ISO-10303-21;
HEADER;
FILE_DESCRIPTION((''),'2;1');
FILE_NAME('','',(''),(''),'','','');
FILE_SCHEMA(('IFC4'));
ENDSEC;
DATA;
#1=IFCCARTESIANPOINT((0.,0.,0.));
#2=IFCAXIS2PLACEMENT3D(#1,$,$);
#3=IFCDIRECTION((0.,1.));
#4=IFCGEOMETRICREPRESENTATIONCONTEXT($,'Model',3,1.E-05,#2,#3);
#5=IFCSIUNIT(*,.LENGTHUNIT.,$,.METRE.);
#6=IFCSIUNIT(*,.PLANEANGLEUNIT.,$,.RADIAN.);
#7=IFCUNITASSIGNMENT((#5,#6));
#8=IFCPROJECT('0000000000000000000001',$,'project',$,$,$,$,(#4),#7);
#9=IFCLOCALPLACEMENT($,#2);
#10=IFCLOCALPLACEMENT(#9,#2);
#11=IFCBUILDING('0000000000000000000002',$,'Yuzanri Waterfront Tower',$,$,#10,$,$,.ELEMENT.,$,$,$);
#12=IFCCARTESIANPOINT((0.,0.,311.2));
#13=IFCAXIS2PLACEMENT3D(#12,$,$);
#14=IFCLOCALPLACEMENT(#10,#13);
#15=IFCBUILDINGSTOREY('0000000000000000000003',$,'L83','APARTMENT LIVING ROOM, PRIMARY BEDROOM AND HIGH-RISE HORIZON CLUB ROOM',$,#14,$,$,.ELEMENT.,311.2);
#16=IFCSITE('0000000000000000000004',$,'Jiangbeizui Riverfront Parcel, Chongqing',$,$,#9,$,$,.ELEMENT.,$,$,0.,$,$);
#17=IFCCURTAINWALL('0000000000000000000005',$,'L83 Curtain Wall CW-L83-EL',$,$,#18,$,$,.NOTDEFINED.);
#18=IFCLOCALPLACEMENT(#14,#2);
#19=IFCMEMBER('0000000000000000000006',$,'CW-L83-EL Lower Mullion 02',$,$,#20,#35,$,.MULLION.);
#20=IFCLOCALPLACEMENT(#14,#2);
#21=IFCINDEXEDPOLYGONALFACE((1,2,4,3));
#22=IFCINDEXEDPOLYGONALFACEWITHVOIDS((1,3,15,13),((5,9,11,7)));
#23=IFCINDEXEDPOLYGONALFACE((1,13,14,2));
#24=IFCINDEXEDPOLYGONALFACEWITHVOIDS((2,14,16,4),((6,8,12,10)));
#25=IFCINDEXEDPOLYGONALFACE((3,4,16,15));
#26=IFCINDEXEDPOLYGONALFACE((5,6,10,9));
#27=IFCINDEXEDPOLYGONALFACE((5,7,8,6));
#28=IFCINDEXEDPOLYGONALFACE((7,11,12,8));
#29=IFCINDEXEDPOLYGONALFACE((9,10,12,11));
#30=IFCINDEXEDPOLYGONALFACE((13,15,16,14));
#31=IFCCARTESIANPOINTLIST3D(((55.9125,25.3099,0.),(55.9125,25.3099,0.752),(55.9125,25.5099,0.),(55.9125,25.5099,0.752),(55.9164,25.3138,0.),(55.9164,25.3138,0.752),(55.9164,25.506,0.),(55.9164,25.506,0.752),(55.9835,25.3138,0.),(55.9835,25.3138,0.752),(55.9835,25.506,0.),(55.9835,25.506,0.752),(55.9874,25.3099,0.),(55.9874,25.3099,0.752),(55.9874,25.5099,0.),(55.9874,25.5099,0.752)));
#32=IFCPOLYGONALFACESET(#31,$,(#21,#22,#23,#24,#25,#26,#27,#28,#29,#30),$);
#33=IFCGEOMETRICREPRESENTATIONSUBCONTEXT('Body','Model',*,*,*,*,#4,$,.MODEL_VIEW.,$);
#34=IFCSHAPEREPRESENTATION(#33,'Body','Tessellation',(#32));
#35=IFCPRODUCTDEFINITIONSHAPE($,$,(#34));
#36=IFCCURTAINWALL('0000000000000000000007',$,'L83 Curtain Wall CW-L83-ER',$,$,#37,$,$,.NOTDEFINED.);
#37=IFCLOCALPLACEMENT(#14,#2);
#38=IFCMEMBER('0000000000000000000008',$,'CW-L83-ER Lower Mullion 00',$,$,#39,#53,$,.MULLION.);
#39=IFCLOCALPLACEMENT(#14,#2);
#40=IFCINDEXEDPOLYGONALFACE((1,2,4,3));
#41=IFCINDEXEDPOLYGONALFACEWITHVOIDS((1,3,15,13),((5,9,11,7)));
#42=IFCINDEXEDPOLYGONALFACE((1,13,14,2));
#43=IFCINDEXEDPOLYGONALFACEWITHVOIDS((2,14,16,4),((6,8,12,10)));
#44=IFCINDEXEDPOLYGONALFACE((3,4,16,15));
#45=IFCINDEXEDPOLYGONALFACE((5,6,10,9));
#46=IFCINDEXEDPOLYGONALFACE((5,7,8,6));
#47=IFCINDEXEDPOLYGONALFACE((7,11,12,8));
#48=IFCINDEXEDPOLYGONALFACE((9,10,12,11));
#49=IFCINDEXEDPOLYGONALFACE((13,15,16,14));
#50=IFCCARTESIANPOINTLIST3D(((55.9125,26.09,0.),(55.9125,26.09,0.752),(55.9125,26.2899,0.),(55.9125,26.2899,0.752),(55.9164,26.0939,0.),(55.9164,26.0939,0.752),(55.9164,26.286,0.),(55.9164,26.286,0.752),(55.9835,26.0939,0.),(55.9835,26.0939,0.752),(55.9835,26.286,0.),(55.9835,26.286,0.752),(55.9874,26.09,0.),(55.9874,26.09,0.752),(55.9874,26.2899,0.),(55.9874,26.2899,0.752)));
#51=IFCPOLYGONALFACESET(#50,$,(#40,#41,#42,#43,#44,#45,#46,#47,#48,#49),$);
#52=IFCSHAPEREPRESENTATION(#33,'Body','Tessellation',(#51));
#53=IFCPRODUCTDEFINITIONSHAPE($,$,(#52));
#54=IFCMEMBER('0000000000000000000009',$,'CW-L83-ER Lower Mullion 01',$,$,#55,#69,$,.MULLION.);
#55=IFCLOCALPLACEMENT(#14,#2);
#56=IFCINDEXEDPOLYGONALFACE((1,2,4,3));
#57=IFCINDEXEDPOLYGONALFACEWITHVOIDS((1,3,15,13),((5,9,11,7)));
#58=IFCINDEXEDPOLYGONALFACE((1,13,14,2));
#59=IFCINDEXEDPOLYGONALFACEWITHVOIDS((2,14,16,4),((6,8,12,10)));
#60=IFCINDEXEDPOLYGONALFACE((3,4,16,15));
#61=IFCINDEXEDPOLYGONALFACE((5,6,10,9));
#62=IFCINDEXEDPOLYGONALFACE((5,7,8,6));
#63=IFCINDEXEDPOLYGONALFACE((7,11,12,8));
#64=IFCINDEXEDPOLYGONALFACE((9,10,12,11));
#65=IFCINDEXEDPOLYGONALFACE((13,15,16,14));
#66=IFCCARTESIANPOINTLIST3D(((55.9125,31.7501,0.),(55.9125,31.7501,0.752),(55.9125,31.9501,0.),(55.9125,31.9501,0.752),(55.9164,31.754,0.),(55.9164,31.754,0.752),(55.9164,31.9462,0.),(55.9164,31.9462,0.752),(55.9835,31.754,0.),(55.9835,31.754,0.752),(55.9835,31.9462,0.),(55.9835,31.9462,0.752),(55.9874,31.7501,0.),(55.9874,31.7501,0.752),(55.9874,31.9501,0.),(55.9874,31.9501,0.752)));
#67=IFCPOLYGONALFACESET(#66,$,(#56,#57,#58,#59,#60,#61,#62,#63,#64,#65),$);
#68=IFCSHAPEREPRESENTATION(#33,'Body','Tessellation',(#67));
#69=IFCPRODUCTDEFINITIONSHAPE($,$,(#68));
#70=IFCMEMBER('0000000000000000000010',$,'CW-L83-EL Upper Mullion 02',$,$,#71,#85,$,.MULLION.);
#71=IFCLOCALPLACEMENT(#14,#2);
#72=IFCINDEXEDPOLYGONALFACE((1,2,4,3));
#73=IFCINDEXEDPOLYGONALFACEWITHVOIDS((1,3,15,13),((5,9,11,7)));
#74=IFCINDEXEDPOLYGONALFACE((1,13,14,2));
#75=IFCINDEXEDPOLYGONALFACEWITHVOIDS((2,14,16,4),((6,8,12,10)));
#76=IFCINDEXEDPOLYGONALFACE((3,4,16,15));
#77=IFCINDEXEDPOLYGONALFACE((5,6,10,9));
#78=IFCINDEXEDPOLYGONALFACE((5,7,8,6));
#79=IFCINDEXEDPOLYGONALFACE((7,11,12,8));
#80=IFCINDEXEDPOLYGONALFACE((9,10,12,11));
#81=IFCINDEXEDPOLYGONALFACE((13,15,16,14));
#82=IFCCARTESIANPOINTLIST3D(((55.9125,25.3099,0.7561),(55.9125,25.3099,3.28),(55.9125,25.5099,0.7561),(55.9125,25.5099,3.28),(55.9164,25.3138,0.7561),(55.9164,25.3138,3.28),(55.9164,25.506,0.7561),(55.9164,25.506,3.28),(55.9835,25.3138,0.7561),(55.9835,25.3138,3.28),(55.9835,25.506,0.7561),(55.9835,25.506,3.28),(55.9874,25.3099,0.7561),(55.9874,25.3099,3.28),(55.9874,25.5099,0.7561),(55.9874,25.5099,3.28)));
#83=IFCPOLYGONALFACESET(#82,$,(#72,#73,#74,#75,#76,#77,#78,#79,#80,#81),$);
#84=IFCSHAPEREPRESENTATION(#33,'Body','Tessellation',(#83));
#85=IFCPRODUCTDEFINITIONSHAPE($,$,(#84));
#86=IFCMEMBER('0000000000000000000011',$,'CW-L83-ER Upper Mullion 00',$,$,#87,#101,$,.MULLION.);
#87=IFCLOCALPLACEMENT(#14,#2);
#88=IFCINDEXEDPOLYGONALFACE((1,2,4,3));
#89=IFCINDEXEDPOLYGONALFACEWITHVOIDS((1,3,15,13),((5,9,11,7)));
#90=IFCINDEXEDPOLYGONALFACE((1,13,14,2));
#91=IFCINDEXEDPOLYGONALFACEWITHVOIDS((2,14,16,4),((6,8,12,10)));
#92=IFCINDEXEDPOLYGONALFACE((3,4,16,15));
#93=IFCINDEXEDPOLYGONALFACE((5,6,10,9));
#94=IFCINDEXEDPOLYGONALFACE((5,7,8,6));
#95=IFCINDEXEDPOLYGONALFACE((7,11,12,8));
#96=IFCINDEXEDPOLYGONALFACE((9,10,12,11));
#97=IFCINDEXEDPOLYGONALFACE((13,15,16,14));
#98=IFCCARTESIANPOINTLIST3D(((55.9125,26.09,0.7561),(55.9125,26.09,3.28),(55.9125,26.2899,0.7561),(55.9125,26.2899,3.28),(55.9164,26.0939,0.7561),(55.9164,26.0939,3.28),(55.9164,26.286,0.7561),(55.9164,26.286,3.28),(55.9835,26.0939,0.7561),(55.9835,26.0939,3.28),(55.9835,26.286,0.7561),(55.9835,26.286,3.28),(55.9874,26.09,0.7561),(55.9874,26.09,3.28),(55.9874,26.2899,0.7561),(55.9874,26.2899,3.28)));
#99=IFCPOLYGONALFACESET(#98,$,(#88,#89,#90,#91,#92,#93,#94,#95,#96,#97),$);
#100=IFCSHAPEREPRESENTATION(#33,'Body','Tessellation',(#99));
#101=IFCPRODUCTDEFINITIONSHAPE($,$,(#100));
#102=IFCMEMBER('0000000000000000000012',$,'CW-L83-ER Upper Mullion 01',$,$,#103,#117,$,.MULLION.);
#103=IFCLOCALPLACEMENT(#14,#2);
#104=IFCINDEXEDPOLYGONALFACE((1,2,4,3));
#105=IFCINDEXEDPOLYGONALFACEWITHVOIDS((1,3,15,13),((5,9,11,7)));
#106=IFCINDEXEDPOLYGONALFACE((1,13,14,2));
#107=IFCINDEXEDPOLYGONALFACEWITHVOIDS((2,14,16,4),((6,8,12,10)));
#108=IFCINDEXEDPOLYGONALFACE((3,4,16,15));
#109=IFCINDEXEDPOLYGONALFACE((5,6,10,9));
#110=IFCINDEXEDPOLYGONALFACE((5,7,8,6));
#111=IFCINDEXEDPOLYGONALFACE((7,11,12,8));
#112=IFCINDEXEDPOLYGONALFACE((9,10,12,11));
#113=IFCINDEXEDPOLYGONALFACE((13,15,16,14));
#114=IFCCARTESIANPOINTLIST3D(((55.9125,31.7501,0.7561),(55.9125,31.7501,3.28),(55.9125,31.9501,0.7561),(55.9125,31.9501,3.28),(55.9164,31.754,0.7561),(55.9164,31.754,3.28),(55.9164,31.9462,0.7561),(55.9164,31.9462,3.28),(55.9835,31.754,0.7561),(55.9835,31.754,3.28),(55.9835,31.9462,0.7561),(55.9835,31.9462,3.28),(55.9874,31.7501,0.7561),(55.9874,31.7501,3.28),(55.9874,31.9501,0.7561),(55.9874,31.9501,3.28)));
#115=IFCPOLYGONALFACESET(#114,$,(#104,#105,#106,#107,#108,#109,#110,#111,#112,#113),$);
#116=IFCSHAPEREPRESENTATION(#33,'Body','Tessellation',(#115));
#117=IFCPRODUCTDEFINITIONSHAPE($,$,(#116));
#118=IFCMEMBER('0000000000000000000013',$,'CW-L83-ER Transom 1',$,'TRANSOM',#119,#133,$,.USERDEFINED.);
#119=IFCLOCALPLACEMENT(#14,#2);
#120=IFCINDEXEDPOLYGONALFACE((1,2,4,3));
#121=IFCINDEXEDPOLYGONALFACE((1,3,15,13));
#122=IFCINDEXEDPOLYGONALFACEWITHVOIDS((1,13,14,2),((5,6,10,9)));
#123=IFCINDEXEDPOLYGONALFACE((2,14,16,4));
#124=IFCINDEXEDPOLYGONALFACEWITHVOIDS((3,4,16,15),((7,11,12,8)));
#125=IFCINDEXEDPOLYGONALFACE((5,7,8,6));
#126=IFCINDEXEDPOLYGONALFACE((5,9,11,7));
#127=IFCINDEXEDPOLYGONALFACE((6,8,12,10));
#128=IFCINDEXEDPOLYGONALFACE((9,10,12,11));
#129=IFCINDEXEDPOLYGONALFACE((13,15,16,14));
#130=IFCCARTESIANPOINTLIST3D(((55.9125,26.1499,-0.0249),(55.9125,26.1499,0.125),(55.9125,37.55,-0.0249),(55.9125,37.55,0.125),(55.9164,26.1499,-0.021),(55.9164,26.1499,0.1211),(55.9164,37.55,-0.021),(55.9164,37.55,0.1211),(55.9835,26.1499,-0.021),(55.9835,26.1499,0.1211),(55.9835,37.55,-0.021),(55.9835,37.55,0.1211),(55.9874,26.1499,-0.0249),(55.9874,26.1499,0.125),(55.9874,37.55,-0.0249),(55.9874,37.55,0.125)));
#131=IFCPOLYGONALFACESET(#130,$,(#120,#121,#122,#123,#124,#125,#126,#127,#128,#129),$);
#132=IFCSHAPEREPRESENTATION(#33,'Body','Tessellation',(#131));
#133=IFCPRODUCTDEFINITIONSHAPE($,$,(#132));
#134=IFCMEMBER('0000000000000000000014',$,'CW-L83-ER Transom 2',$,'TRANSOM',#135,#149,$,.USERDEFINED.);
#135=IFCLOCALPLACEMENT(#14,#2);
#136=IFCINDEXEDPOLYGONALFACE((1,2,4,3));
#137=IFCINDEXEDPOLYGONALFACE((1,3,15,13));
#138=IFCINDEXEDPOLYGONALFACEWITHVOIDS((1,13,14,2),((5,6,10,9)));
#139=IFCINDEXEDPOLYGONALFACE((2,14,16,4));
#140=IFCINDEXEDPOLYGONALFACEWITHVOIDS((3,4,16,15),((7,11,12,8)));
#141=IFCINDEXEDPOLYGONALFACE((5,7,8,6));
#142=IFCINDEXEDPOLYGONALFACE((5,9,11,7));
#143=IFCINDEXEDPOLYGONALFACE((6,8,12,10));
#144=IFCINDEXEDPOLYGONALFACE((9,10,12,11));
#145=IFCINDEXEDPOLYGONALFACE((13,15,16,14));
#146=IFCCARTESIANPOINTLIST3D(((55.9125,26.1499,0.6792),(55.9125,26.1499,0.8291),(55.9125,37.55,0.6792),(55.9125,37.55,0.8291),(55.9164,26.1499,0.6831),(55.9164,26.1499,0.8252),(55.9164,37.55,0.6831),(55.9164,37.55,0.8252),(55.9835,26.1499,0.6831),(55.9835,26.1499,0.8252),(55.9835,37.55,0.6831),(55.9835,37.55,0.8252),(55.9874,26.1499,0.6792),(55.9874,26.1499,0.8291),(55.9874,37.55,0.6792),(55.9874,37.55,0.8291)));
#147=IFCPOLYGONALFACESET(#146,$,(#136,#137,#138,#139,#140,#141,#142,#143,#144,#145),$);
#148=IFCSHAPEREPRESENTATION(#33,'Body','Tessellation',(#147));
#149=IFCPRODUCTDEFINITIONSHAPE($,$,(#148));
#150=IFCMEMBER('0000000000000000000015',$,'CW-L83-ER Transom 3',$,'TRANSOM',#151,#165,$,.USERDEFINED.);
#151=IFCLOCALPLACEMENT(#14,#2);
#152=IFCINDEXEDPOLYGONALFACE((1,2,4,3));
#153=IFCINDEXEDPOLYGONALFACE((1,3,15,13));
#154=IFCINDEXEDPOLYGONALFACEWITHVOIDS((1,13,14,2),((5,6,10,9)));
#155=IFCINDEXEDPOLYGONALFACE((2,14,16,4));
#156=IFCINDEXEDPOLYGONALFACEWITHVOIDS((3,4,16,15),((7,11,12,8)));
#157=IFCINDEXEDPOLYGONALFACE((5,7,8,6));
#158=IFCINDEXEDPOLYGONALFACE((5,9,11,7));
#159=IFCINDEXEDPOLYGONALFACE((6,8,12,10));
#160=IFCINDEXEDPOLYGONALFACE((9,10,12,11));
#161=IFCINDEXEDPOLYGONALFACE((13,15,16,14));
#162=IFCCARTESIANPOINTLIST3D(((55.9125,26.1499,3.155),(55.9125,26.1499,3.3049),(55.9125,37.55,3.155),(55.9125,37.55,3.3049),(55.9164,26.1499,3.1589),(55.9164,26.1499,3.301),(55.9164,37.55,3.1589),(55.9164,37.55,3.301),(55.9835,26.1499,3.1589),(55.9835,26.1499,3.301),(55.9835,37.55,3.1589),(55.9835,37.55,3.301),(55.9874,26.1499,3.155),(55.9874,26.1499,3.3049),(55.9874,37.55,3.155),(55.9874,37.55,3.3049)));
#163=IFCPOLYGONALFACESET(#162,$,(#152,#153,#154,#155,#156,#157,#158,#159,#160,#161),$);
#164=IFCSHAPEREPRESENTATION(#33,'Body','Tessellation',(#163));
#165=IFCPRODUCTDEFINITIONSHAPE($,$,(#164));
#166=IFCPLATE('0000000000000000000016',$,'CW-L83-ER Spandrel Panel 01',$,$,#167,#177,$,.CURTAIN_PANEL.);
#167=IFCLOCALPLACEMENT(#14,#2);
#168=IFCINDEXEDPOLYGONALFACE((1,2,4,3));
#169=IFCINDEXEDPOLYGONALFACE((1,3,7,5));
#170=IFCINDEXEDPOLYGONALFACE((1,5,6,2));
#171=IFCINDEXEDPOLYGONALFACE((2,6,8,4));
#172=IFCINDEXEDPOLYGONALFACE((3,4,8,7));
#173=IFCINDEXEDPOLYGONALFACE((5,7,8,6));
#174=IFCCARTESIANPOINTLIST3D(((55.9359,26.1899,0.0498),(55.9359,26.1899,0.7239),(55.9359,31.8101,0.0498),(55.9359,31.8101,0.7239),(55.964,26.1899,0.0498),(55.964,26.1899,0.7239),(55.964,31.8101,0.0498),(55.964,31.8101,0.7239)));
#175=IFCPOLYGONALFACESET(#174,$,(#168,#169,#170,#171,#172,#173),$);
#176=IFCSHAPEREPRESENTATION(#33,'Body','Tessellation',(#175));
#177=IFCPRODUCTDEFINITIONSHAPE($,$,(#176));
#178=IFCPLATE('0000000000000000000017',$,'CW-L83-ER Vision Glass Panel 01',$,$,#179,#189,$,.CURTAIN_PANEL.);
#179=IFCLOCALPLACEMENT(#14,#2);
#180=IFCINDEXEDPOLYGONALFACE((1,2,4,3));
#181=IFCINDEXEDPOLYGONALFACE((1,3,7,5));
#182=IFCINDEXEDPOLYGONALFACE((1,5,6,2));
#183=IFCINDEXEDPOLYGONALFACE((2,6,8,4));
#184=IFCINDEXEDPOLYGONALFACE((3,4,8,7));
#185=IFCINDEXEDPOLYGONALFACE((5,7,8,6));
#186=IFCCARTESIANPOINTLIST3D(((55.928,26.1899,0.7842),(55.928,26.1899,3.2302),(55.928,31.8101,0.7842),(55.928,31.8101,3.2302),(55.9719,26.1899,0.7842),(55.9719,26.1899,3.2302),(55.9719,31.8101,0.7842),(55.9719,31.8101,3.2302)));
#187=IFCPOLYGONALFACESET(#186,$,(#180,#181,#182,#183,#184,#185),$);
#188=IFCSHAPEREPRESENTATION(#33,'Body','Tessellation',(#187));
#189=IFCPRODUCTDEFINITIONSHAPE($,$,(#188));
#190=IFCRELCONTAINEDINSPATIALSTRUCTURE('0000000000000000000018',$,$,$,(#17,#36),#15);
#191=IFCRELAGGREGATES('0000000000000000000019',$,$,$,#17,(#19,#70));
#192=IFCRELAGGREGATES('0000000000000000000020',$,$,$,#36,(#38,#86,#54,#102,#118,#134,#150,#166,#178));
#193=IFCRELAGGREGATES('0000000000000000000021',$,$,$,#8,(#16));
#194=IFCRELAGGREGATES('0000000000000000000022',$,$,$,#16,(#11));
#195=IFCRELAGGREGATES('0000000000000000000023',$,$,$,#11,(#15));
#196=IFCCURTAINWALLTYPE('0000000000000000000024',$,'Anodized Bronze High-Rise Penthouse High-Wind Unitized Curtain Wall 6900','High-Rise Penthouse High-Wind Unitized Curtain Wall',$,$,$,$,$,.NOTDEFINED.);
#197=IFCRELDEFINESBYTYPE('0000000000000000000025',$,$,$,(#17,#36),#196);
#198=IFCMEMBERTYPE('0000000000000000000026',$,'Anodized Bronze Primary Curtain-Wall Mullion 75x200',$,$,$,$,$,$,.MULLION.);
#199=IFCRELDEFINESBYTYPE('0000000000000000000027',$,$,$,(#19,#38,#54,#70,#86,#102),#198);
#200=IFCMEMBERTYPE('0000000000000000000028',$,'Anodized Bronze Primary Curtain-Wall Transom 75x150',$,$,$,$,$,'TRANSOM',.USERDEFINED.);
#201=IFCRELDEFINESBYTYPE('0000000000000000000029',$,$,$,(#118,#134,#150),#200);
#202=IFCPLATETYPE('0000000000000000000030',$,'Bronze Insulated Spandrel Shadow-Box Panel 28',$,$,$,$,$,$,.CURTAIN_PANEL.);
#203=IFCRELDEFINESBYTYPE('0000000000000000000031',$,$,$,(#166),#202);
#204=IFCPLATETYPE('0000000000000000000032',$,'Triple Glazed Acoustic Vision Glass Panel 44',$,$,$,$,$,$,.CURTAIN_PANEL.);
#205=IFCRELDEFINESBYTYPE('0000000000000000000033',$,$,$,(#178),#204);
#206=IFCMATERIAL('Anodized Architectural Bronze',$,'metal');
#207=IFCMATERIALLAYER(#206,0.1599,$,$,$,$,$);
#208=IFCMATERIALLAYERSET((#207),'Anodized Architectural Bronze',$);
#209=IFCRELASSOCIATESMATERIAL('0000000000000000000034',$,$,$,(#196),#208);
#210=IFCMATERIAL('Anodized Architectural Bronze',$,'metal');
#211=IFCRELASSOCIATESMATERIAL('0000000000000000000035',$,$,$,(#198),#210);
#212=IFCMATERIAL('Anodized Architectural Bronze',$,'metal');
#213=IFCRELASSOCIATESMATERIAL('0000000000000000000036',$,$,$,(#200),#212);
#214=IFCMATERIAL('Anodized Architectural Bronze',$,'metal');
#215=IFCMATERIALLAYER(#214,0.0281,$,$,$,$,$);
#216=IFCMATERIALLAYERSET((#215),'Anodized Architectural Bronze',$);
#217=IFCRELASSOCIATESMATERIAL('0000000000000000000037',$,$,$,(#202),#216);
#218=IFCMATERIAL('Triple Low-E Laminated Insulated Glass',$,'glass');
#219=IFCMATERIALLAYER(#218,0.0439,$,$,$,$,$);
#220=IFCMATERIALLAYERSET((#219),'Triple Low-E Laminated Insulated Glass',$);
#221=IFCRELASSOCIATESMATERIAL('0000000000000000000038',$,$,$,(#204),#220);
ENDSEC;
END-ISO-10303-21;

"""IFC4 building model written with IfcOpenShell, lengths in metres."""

from ifc_helpers import new_model, si_unit, direction, frame, origin, origin_2d, place, context, subcontext, project, spatial, rectangle, hollow_rectangle, extrude, source, transform, mapped, material, layer, layer_set, material_profile, profile_set, type_object, element, aggregate, save


model = new_model("IFC4")

# Units and contexts
model_context = context("Model", 3, precision=1e-05, world=origin(), true_north=direction((0.0, 1.0)))
body_context = subcontext(model_context, "Body", "Model", "MODEL_VIEW")
ifc_project = project(units=[si_unit("LENGTHUNIT", "METRE"), si_unit("PLANEANGLEUNIT", "RADIAN")], contexts=[model_context])

# Site, building, storey
site_placement = place(None, origin())
site = spatial("IfcSite", under=ifc_project, at=site_placement, Name="Jiangbeizui Riverfront Parcel, Chongqing", CompositionType="ELEMENT", RefElevation=0.0)
building_placement = place(site_placement, origin())
building = spatial("IfcBuilding", under=site, at=building_placement, Name="Yuzanri Waterfront Tower", CompositionType="ELEMENT")
storey_placement = place(building_placement, frame((0.0, 0.0, 311.2)))
storey = spatial("IfcBuildingStorey", under=building, at=storey_placement, Name="L83", Description="APARTMENT LIVING ROOM, PRIMARY BEDROOM AND HIGH-RISE HORIZON CLUB ROOM", CompositionType="ELEMENT", Elevation=311.2)

# Curtain wall, member
ifc_material_1 = material(Name="Anodized Architectural Bronze", Category="metal")
ifc_layer_1 = layer(ifc_material_1, 0.1599)
ifc_layer_set_1 = layer_set([ifc_layer_1], Name="Anodized Architectural Bronze")
curtain_wall_type = type_object("IfcCurtainWallType", Name="Anodized Bronze High-Rise Penthouse High-Wind Unitized Curtain Wall 6900", Description="High-Rise Penthouse High-Wind Unitized Curtain Wall", PredefinedType="NOTDEFINED", material=ifc_layer_set_1)
curtain_wall_1_placement = place(storey_placement, origin())
curtain_wall_1 = element("IfcCurtainWall", 1, at=curtain_wall_1_placement, inside=storey, type_object=curtain_wall_type, Name="L83 Curtain Wall CW-L83-EL", PredefinedType="NOTDEFINED")
ifc_material_2 = material(Name="Anodized Architectural Bronze", Category="metal")
ifc_material_profile_1 = material_profile(ifc_material_2, hollow_rectangle(XDim=0.075, YDim=0.2, WallThickness=0.0039, at=origin_2d()), Name="CWM 75x200")
ifc_profile_set_1 = profile_set([ifc_material_profile_1], Name="Anodized Architectural Bronze")
member_type_1 = type_object("IfcMemberType", Name="Anodized Bronze Primary Curtain-Wall Mullion 75x200", PredefinedType="MULLION", material=ifc_profile_set_1)
shared_shape_1 = source(origin(), body_context, "Body", "SweptSolid", [
    extrude(hollow_rectangle(XDim=0.075, YDim=0.2, WallThickness=0.0039, at=origin_2d()), origin(), (0.0, 0.0, 1.0), 0.752),
])
member_1_placement = place(storey_placement, frame((55.95, 25.4099, 0.0), z_axis=(0.0, 0.0, 1.0), x_axis=(1.0, 0.0, 0.0)))
member_1 = element("IfcMember", 2, at=member_1_placement, type_object=member_type_1, Name="CW-L83-EL Lower Mullion 02", PredefinedType="MULLION", context=body_context, shape_type="MappedRepresentation", body=[
    mapped(shared_shape_1, transform((0.0, 0.0, 0.0), scale=1.0)),
])

# Curtain wall, members
curtain_wall_2_placement = place(storey_placement, origin())
curtain_wall_2 = element("IfcCurtainWall", 3, at=curtain_wall_2_placement, inside=storey, type_object=curtain_wall_type, Name="L83 Curtain Wall CW-L83-ER", PredefinedType="NOTDEFINED")
member_2_placement = place(storey_placement, frame((55.95, 26.1899, 0.0), z_axis=(0.0, 0.0, 1.0), x_axis=(1.0, 0.0, 0.0)))
member_2 = element("IfcMember", 4, at=member_2_placement, type_object=member_type_1, Name="CW-L83-ER Lower Mullion 00", PredefinedType="MULLION", context=body_context, shape_type="MappedRepresentation", body=[
    mapped(shared_shape_1, transform((0.0, 0.0, 0.0), scale=1.0)),
])
member_3_placement = place(storey_placement, frame((55.95, 31.8501, 0.0), z_axis=(0.0, 0.0, 1.0), x_axis=(1.0, 0.0, 0.0)))
member_3 = element("IfcMember", 5, at=member_3_placement, type_object=member_type_1, Name="CW-L83-ER Lower Mullion 01", PredefinedType="MULLION", context=body_context, shape_type="MappedRepresentation", body=[
    mapped(shared_shape_1, transform((0.0, 0.0, 0.0), scale=1.0)),
])

# Members
shared_shape_2 = source(origin(), body_context, "Body", "SweptSolid", [
    extrude(hollow_rectangle(XDim=0.075, YDim=0.2, WallThickness=0.0039, at=origin_2d()), origin(), (0.0, 0.0, 1.0), 2.5239),
])
member_4_placement = place(storey_placement, frame((55.95, 25.4099, 0.7561), z_axis=(0.0, 0.0, 1.0), x_axis=(1.0, 0.0, 0.0)))
member_4 = element("IfcMember", 6, at=member_4_placement, type_object=member_type_1, Name="CW-L83-EL Upper Mullion 02", PredefinedType="MULLION", context=body_context, shape_type="MappedRepresentation", body=[
    mapped(shared_shape_2, transform((0.0, 0.0, 0.0), scale=1.0)),
])
aggregate(curtain_wall_1, [member_1, member_4])
member_5_placement = place(storey_placement, frame((55.95, 26.1899, 0.7561), z_axis=(0.0, 0.0, 1.0), x_axis=(1.0, 0.0, 0.0)))
member_5 = element("IfcMember", 7, at=member_5_placement, type_object=member_type_1, Name="CW-L83-ER Upper Mullion 00", PredefinedType="MULLION", context=body_context, shape_type="MappedRepresentation", body=[
    mapped(shared_shape_2, transform((0.0, 0.0, 0.0), scale=1.0)),
])
member_6_placement = place(storey_placement, frame((55.95, 31.8501, 0.7561), z_axis=(0.0, 0.0, 1.0), x_axis=(1.0, 0.0, 0.0)))
member_6 = element("IfcMember", 8, at=member_6_placement, type_object=member_type_1, Name="CW-L83-ER Upper Mullion 01", PredefinedType="MULLION", context=body_context, shape_type="MappedRepresentation", body=[
    mapped(shared_shape_2, transform((0.0, 0.0, 0.0), scale=1.0)),
])
ifc_material_3 = material(Name="Anodized Architectural Bronze", Category="metal")
ifc_material_profile_2 = material_profile(ifc_material_3, hollow_rectangle(XDim=0.075, YDim=0.1499, WallThickness=0.0039, at=origin_2d()), Name="CWT 75x150")
ifc_profile_set_2 = profile_set([ifc_material_profile_2], Name="Anodized Architectural Bronze")
member_type_2 = type_object("IfcMemberType", Name="Anodized Bronze Primary Curtain-Wall Transom 75x150", ElementType="TRANSOM", PredefinedType="USERDEFINED", material=ifc_profile_set_2)
shared_shape_3 = source(origin(), body_context, "Body", "SweptSolid", [
    extrude(hollow_rectangle(XDim=0.075, YDim=0.1499, WallThickness=0.0039, at=origin_2d()), origin(), (0.0, 0.0, 1.0), 11.4001),
])
member_7_placement = place(storey_placement, frame((55.95, 26.1499, 0.05), z_axis=(0.0, 1.0, 0.0), x_axis=(-1.0, 0.0, 0.0)))
member_7 = element("IfcMember", 9, at=member_7_placement, type_object=member_type_2, Name="CW-L83-ER Transom 1", ObjectType="TRANSOM", PredefinedType="USERDEFINED", context=body_context, shape_type="MappedRepresentation", body=[
    mapped(shared_shape_3, transform((0.0, 0.0, 0.0), scale=1.0)),
])
member_8_placement = place(storey_placement, frame((55.95, 26.1499, 0.7542), z_axis=(0.0, 1.0, 0.0), x_axis=(-1.0, 0.0, 0.0)))
member_8 = element("IfcMember", 10, at=member_8_placement, type_object=member_type_2, Name="CW-L83-ER Transom 2", ObjectType="TRANSOM", PredefinedType="USERDEFINED", context=body_context, shape_type="MappedRepresentation", body=[
    mapped(shared_shape_3, transform((0.0, 0.0, 0.0), scale=1.0)),
])
member_9_placement = place(storey_placement, frame((55.95, 26.1499, 3.23), z_axis=(0.0, 1.0, 0.0), x_axis=(-1.0, 0.0, 0.0)))
member_9 = element("IfcMember", 11, at=member_9_placement, type_object=member_type_2, Name="CW-L83-ER Transom 3", ObjectType="TRANSOM", PredefinedType="USERDEFINED", context=body_context, shape_type="MappedRepresentation", body=[
    mapped(shared_shape_3, transform((0.0, 0.0, 0.0), scale=1.0)),
])

# Plates
ifc_material_4 = material(Name="Anodized Architectural Bronze", Category="metal")
ifc_layer_2 = layer(ifc_material_4, 0.0281)
ifc_layer_set_2 = layer_set([ifc_layer_2], Name="Anodized Architectural Bronze")
plate_type_1 = type_object("IfcPlateType", Name="Bronze Insulated Spandrel Shadow-Box Panel 28", PredefinedType="CURTAIN_PANEL", material=ifc_layer_set_2)
shared_shape_4 = source(origin(), body_context, "Body", "SweptSolid", [
    extrude(rectangle(XDim=5.6201, YDim=0.0281, at=origin_2d()), origin(), (0.0, 0.0, 1.0), 0.6741),
])
plate_1_placement = place(storey_placement, frame((55.95, 29.0, 0.0498), z_axis=(0.0, 0.0, 1.0), x_axis=(0.0, 1.0, 0.0)))
plate_1 = element("IfcPlate", 12, at=plate_1_placement, type_object=plate_type_1, Name="CW-L83-ER Spandrel Panel 01", PredefinedType="CURTAIN_PANEL", context=body_context, shape_type="MappedRepresentation", body=[
    mapped(shared_shape_4, transform((0.0, 0.0, 0.0), scale=1.0)),
])
ifc_material_5 = material(Name="Triple Low-E Laminated Insulated Glass", Category="glass")
ifc_layer_3 = layer(ifc_material_5, 0.0439)
ifc_layer_set_3 = layer_set([ifc_layer_3], Name="Triple Low-E Laminated Insulated Glass")
plate_type_2 = type_object("IfcPlateType", Name="Triple Glazed Acoustic Vision Glass Panel 44", PredefinedType="CURTAIN_PANEL", material=ifc_layer_set_3)
shared_shape_5 = source(origin(), body_context, "Body", "SweptSolid", [
    extrude(rectangle(XDim=5.6201, YDim=0.0439, at=origin_2d()), origin(), (0.0, 0.0, 1.0), 2.446),
])
plate_2_placement = place(storey_placement, frame((55.95, 29.0, 0.7842), z_axis=(0.0, 0.0, 1.0), x_axis=(0.0, 1.0, 0.0)))
plate_2 = element("IfcPlate", 13, at=plate_2_placement, type_object=plate_type_2, Name="CW-L83-ER Vision Glass Panel 01", PredefinedType="CURTAIN_PANEL", context=body_context, shape_type="MappedRepresentation", body=[
    mapped(shared_shape_5, transform((0.0, 0.0, 0.0), scale=1.0)),
])
aggregate(curtain_wall_2, [member_2, member_5, member_3, member_6, member_7, member_8, member_9, plate_1, plate_2])

save(model, "model.ifc")
